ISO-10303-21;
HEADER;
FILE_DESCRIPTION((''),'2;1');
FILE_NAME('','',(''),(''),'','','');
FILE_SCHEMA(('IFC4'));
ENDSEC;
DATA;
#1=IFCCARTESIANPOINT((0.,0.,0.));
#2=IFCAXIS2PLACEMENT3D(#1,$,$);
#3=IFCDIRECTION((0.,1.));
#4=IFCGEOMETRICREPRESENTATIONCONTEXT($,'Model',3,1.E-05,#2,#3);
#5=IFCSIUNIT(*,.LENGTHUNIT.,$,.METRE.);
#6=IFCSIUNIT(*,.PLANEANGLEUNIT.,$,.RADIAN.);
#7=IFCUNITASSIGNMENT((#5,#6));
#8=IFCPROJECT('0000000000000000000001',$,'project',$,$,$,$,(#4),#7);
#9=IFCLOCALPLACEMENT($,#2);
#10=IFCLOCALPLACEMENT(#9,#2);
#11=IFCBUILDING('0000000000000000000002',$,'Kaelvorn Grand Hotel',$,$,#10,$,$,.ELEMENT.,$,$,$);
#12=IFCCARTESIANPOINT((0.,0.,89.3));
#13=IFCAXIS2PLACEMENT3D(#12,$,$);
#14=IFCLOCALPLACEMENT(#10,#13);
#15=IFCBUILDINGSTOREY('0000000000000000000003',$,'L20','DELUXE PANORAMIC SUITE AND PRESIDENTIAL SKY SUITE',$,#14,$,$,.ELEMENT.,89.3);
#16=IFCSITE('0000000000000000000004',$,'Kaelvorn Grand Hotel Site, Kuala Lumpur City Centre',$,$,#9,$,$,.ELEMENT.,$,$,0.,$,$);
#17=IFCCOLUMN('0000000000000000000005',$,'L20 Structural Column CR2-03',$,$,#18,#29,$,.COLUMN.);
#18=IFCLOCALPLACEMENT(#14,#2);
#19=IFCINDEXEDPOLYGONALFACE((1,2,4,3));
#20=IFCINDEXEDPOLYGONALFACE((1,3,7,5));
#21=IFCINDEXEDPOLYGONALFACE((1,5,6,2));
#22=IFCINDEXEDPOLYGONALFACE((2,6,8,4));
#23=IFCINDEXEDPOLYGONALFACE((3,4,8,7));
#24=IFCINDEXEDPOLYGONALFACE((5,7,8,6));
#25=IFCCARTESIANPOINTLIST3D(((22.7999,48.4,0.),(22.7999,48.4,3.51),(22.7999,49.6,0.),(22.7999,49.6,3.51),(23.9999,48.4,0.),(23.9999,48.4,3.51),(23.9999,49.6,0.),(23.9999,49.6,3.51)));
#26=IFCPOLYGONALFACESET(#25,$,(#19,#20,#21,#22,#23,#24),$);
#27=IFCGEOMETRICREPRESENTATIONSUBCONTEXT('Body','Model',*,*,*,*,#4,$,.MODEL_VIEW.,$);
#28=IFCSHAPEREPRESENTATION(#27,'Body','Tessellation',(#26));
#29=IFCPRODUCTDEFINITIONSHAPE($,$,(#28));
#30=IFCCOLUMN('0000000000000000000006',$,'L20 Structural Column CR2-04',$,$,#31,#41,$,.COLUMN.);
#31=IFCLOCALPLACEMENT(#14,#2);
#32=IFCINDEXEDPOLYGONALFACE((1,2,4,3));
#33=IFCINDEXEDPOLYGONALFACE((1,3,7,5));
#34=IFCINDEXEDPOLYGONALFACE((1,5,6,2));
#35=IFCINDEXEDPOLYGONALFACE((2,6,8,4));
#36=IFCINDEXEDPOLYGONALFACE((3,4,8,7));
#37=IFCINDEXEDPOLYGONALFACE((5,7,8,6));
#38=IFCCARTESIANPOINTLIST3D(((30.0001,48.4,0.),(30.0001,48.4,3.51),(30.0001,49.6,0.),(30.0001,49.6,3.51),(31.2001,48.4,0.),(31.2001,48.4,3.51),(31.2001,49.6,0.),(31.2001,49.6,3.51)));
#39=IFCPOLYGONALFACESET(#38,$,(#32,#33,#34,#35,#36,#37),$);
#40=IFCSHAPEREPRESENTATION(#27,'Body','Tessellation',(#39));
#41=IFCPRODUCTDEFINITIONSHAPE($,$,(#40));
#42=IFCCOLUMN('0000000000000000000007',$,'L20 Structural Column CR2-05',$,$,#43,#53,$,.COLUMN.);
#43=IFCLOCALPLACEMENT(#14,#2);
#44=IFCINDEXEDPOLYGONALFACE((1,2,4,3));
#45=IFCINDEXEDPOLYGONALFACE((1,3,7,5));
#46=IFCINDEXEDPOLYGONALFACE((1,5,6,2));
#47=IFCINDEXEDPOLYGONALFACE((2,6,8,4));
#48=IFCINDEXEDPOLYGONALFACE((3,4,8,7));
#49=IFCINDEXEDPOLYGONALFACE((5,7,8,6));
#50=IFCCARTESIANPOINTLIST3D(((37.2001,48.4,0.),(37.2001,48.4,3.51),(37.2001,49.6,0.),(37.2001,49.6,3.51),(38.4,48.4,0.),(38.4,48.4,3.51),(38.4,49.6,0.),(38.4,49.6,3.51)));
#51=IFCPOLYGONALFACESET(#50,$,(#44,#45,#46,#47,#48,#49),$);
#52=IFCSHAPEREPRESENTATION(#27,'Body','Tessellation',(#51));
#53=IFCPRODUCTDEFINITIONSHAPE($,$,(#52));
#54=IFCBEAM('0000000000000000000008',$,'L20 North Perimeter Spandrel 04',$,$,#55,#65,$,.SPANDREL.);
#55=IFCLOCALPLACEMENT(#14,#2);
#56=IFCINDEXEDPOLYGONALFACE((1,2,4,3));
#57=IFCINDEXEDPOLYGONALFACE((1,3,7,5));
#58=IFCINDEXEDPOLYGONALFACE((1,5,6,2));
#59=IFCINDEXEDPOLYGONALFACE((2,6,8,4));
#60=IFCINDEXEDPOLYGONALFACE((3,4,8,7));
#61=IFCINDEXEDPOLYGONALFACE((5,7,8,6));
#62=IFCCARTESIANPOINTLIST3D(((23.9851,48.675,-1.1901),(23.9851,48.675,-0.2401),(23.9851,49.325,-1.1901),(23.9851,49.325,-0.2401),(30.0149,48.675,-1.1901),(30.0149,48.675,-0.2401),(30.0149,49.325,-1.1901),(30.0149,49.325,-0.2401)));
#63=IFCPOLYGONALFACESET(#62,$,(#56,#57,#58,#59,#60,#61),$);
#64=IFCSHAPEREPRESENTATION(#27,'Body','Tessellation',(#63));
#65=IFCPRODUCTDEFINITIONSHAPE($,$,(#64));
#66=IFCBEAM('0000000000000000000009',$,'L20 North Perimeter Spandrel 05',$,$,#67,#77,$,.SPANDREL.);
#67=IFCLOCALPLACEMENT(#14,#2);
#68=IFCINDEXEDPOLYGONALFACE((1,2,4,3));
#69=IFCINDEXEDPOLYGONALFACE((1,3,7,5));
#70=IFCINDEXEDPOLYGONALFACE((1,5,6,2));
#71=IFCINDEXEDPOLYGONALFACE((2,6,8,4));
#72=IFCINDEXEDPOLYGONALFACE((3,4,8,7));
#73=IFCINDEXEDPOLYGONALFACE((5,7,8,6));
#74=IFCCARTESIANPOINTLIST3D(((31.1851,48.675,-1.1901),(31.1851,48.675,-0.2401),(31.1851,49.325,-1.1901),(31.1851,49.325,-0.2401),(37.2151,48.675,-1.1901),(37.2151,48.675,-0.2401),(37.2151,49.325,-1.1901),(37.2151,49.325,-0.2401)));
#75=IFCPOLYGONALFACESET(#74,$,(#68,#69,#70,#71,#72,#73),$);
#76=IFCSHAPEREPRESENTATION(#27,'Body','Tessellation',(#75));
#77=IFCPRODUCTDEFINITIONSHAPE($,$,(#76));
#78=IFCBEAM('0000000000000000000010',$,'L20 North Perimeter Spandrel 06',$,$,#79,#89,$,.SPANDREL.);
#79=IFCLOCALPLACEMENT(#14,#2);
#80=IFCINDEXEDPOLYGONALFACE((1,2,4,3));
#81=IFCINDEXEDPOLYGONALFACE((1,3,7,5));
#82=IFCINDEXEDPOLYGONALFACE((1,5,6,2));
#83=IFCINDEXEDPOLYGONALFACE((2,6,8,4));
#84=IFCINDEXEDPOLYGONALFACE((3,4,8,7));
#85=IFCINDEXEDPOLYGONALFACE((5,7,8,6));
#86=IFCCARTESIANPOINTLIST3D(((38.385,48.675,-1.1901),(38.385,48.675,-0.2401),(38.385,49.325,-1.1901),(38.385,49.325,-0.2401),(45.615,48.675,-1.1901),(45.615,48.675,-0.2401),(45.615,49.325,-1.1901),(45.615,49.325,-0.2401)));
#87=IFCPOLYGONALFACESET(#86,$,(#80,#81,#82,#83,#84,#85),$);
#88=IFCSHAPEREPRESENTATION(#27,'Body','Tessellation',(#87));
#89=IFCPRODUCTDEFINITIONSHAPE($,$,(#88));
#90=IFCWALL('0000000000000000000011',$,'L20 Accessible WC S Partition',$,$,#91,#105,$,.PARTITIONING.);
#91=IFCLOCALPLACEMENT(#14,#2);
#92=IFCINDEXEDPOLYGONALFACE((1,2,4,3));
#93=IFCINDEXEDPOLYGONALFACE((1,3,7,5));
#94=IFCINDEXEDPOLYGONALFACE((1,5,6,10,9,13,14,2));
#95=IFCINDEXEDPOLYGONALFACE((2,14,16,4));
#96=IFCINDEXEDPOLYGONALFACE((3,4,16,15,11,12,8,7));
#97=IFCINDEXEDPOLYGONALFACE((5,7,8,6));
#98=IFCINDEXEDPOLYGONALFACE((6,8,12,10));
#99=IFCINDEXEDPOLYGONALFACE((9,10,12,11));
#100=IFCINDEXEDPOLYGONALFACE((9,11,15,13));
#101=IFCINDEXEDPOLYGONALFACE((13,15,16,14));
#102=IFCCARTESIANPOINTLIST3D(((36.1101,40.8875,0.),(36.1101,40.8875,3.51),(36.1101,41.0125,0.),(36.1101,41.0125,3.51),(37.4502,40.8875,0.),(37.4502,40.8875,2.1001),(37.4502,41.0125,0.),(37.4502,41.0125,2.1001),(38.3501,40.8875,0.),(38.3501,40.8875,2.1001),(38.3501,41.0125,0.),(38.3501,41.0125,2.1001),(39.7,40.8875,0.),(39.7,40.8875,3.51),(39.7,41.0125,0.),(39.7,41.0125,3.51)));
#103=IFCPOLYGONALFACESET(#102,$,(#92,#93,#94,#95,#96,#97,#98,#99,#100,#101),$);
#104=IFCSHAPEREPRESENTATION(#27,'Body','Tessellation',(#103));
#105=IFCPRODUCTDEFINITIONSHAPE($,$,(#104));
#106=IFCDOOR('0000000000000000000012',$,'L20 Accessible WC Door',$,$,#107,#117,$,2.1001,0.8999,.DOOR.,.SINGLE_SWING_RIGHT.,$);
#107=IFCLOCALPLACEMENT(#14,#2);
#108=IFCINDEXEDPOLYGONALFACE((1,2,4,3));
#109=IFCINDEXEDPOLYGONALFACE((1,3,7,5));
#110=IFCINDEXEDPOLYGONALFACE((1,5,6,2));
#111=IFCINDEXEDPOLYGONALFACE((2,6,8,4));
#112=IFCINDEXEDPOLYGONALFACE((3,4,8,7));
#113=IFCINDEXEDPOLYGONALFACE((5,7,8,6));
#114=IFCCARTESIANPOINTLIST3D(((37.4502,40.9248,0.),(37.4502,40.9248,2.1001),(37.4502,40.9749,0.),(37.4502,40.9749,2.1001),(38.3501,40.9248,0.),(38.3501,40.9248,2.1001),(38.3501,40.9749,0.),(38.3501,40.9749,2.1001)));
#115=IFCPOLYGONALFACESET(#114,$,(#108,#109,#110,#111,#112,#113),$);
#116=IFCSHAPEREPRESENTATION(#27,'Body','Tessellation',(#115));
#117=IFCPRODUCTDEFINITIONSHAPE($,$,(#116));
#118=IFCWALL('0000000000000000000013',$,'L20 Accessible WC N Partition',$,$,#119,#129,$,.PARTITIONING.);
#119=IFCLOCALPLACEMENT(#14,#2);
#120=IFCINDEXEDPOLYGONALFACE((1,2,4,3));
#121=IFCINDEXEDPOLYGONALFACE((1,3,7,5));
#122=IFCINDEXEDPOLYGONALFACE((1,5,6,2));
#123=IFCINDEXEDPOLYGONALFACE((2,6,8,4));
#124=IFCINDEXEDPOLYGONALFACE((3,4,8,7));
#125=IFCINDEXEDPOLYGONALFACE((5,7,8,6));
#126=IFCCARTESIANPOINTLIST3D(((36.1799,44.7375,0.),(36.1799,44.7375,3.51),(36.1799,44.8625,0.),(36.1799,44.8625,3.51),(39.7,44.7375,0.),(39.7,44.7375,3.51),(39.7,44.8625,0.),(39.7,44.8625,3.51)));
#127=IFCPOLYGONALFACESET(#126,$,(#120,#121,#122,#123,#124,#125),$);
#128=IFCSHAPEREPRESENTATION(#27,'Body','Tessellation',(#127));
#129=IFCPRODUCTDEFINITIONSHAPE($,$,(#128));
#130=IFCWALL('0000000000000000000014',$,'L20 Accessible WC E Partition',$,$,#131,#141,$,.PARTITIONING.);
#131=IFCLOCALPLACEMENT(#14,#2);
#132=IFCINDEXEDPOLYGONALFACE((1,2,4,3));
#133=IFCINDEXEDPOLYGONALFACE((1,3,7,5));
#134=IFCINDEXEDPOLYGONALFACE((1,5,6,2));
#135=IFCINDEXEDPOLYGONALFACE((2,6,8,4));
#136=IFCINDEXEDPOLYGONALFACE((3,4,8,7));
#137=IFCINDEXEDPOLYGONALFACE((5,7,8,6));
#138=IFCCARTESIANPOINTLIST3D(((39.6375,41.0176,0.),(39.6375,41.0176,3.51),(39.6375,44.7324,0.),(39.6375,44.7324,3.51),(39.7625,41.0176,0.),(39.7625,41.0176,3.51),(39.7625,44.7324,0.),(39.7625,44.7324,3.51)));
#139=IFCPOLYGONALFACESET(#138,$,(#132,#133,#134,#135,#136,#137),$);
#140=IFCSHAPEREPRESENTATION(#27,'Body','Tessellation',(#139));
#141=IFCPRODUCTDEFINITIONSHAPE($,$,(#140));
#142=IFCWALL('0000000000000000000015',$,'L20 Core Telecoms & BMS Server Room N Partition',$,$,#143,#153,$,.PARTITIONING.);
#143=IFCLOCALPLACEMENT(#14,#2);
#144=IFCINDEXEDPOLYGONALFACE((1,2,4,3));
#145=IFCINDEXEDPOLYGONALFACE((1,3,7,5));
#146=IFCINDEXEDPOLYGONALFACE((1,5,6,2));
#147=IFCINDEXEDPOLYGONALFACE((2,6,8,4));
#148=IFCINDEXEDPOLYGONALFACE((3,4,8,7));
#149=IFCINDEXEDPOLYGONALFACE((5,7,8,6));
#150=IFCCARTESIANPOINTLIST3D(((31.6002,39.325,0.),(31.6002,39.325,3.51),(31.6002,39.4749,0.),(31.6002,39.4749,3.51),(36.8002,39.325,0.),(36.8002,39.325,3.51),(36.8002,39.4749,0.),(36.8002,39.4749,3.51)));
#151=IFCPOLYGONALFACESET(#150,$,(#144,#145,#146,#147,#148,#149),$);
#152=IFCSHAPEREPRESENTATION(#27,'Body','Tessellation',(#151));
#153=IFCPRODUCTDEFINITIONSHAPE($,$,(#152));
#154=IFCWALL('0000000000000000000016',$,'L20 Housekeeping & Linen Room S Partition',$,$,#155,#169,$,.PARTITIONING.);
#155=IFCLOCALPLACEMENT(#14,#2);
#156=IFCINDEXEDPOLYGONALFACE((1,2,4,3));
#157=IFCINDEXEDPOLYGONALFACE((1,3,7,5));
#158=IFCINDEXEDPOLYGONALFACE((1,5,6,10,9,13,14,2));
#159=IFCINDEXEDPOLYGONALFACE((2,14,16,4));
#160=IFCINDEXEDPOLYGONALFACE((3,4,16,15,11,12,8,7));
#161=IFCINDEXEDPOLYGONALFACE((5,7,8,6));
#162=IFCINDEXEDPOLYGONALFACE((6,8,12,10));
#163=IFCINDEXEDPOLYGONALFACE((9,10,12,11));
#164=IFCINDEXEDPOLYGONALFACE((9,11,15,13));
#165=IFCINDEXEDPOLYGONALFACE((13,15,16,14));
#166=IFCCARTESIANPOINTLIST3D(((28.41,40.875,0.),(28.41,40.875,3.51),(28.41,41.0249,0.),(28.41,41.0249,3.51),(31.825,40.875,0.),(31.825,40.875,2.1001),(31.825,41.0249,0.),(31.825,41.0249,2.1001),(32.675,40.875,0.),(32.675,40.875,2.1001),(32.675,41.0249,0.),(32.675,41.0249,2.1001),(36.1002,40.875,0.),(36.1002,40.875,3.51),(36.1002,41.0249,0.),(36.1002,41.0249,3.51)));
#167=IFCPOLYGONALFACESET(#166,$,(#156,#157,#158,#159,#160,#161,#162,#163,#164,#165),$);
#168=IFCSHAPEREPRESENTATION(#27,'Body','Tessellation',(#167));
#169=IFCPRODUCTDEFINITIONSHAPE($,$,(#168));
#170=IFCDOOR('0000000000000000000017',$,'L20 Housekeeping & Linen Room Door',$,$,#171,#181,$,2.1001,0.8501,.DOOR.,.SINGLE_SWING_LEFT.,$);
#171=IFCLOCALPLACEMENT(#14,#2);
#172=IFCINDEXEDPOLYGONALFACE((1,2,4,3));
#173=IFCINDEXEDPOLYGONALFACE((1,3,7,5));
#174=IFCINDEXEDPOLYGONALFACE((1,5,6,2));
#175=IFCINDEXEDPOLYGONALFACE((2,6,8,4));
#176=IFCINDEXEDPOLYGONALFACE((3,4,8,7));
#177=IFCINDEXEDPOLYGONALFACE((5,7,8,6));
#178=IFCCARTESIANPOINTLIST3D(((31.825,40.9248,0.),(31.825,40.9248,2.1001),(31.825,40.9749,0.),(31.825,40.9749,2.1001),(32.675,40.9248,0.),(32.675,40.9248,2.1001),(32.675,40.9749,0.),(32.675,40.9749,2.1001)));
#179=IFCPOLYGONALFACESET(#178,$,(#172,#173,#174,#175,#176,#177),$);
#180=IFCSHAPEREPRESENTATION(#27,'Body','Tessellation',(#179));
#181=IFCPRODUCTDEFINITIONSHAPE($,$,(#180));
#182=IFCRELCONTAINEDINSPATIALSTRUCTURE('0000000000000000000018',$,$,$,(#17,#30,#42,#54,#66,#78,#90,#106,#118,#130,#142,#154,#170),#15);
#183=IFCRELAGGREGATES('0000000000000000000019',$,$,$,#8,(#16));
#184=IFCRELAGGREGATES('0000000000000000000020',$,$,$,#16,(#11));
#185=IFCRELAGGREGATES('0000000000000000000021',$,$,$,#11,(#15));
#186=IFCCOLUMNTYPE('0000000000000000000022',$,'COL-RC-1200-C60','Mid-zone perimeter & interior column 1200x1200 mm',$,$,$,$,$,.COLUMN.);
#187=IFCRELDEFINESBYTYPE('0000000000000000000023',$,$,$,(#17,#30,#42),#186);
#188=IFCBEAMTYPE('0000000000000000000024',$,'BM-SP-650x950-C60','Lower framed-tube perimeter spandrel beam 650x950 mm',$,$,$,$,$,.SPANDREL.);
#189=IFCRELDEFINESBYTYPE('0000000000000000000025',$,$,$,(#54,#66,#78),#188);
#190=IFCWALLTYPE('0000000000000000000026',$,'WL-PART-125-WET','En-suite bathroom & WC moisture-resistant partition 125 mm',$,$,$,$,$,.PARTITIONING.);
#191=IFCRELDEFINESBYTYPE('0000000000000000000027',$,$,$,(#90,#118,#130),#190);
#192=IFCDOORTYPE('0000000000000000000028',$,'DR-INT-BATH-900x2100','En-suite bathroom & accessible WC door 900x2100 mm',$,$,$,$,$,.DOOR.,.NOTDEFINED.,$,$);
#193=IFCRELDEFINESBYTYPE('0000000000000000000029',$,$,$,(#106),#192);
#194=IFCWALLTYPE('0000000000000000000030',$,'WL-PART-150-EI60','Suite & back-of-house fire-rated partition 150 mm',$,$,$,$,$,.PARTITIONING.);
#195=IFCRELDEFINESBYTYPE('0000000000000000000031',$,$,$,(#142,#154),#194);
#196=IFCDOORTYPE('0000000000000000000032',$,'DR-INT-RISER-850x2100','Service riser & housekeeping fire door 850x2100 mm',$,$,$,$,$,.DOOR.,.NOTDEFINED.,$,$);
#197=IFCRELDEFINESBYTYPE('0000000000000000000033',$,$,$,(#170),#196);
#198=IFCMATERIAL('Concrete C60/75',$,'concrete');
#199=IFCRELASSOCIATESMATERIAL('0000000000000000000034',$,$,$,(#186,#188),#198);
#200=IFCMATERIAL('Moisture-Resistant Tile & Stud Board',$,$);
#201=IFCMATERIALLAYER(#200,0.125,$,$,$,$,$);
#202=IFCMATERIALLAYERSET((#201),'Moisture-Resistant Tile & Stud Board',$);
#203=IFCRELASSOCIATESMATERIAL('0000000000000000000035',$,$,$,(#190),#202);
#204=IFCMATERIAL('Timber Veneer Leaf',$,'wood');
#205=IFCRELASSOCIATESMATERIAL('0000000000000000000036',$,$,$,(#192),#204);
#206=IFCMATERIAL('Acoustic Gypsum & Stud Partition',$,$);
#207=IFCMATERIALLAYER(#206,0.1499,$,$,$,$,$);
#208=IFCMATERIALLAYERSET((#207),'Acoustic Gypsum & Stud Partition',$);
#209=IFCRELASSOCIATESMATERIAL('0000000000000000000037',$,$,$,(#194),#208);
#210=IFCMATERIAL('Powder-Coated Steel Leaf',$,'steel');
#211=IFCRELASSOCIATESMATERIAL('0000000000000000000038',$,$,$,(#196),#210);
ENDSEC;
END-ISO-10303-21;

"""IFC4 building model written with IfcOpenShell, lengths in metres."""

from ifc_helpers import new_model, si_unit, direction, frame, frame_2d, origin, origin_2d, place, context, subcontext, project, spatial, rectangle, extrude, material, layer, layer_set, material_profile, profile_set, type_object, element, fill, save


model = new_model("IFC4")

# Units and contexts
model_context = context("Model", 3, precision=1e-05, world=origin(), true_north=direction((0.0, 1.0)))
body_context = subcontext(model_context, "Body", "Model", "MODEL_VIEW")
ifc_project = project(units=[si_unit("LENGTHUNIT", "METRE"), si_unit("PLANEANGLEUNIT", "RADIAN")], contexts=[model_context])

# Site, building, storey
site_placement = place(None, origin())
site = spatial("IfcSite", under=ifc_project, at=site_placement, Name="Kaelvorn Grand Hotel Site, Kuala Lumpur City Centre", CompositionType="ELEMENT", RefElevation=0.0)
building_placement = place(site_placement, origin())
building = spatial("IfcBuilding", under=site, at=building_placement, Name="Kaelvorn Grand Hotel", CompositionType="ELEMENT")
storey_placement = place(building_placement, frame((0.0, 0.0, 89.3)))
storey = spatial("IfcBuildingStorey", under=building, at=storey_placement, Name="L20", Description="DELUXE PANORAMIC SUITE AND PRESIDENTIAL SKY SUITE", CompositionType="ELEMENT", Elevation=89.3)

# Columns
ifc_material_1 = material(Name="Concrete C60/75", Category="concrete")
ifc_material_profile_1 = material_profile(ifc_material_1, rectangle(XDim=1.2, YDim=1.2, at=origin_2d()), Name="RC COL 1200x1200")
ifc_profile_set_1 = profile_set([ifc_material_profile_1], Name="Concrete C60/75")
column_type = type_object("IfcColumnType", Name="COL-RC-1200-C60", Description="Mid-zone perimeter & interior column 1200x1200 mm", PredefinedType="COLUMN", material=ifc_profile_set_1)
for number, where, z_axis, x_axis, name in (
    (1, (23.3999, 49.0, 0.0), (0.0, 0.0, 1.0), (1.0, 0.0, 0.0), "L20 Structural Column CR2-03"),
    (2, (30.6001, 49.0, 0.0), (0.0, 0.0, 1.0), (1.0, 0.0, 0.0), "L20 Structural Column CR2-04"),
    (3, (37.8, 49.0, 0.0), (0.0, 0.0, 1.0), (1.0, 0.0, 0.0), "L20 Structural Column CR2-05"),
):
    element("IfcColumn", number, at=place(storey_placement, frame(where, z_axis=z_axis, x_axis=x_axis)), inside=storey, type_object=column_type, Name=name, PredefinedType="COLUMN", context=body_context, shape_type="SweptSolid", body=[
        extrude(rectangle(XDim=1.2, YDim=1.2, at=origin_2d()), origin(), (0.0, 0.0, 1.0), 3.51),
    ])

# Beams
ifc_material_profile_2 = material_profile(ifc_material_1, rectangle(XDim=0.6499, YDim=0.95, at=origin_2d()), Name="RC SPANDREL 650x950")
ifc_profile_set_2 = profile_set([ifc_material_profile_2], Name="Concrete C60/75")
beam_type = type_object("IfcBeamType", Name="BM-SP-650x950-C60", Description="Lower framed-tube perimeter spandrel beam 650x950 mm", PredefinedType="SPANDREL", material=ifc_profile_set_2)
beam_1_placement = place(storey_placement, frame((23.9851, 49.0, -0.7151), z_axis=(1.0, 0.0, 0.0), x_axis=(0.0, 1.0, 0.0)))
element("IfcBeam", 4, at=beam_1_placement, inside=storey, type_object=beam_type, Name="L20 North Perimeter Spandrel 04", PredefinedType="SPANDREL", context=body_context, shape_type="SweptSolid", body=[
    extrude(rectangle(XDim=0.6499, YDim=0.95, at=origin_2d()), origin(), (0.0, 0.0, 1.0), 6.0298),
])
beam_2_placement = place(storey_placement, frame((31.1851, 49.0, -0.7151), z_axis=(1.0, 0.0, 0.0), x_axis=(0.0, 1.0, 0.0)))
element("IfcBeam", 5, at=beam_2_placement, inside=storey, type_object=beam_type, Name="L20 North Perimeter Spandrel 05", PredefinedType="SPANDREL", context=body_context, shape_type="SweptSolid", body=[
    extrude(rectangle(XDim=0.6499, YDim=0.95, at=origin_2d()), origin(), (0.0, 0.0, 1.0), 6.03),
])
beam_3_placement = place(storey_placement, frame((38.385, 49.0, -0.7151), z_axis=(1.0, 0.0, 0.0), x_axis=(0.0, 1.0, 0.0)))
element("IfcBeam", 6, at=beam_3_placement, inside=storey, type_object=beam_type, Name="L20 North Perimeter Spandrel 06", PredefinedType="SPANDREL", context=body_context, shape_type="SweptSolid", body=[
    extrude(rectangle(XDim=0.6499, YDim=0.95, at=origin_2d()), origin(), (0.0, 0.0, 1.0), 7.23),
])

# Wall, opening, door
ifc_material_2 = material(Name="Moisture-Resistant Tile & Stud Board")
ifc_layer_1 = layer(ifc_material_2, 0.125)
ifc_layer_set_1 = layer_set([ifc_layer_1], Name="Moisture-Resistant Tile & Stud Board")
wall_type_1 = type_object("IfcWallType", Name="WL-PART-125-WET", Description="En-suite bathroom & WC moisture-resistant partition 125 mm", PredefinedType="PARTITIONING", material=ifc_layer_set_1)
wall_1_placement = place(storey_placement, frame((36.1101, 40.95, 0.0), z_axis=(0.0, 0.0, 1.0), x_axis=(1.0, 0.0, 0.0)))
wall_1 = element("IfcWall", 7, at=wall_1_placement, inside=storey, type_object=wall_type_1, Name="L20 Accessible WC S Partition", PredefinedType="PARTITIONING", context=body_context, shape_type="SweptSolid", body=[
    extrude(rectangle(XDim=3.5898, YDim=0.125, at=frame_2d((1.7949, 0.0))), origin(), (0.0, 0.0, 1.0), 3.51),
])
opening_1_placement = place(wall_1_placement, frame((1.3401, 0.0, 0.0)))
opening_1 = element("IfcOpeningElement", 8, at=opening_1_placement, cuts=wall_1, PredefinedType="OPENING", context=body_context, shape_type="SweptSolid", body=[
    extrude(rectangle(XDim=0.8999, YDim=2.1001, at=frame_2d((0.45, 1.05))), frame((0.0, 0.0725, 0.0), z_axis=(0.0, -1.0, 0.0), x_axis=(1.0, 0.0, 0.0)), (0.0, 0.0, 1.0), 0.145),
])
ifc_material_3 = material(Name="Timber Veneer Leaf", Category="wood")
door_type_1 = type_object("IfcDoorType", Name="DR-INT-BATH-900x2100", Description="En-suite bathroom & accessible WC door 900x2100 mm", OperationType="NOTDEFINED", PredefinedType="DOOR", material=ifc_material_3)
door_1_placement = place(opening_1_placement, origin())
door_1 = element("IfcDoor", 9, at=door_1_placement, inside=storey, type_object=door_type_1, Name="L20 Accessible WC Door", OperationType="SINGLE_SWING_RIGHT", OverallHeight=2.1001, OverallWidth=0.8999, PredefinedType="DOOR", context=body_context, shape_type="SweptSolid", body=[
    extrude(rectangle(XDim=0.8999, YDim=2.1001, at=frame_2d((0.45, 1.05))), frame((0.0, 0.0249, 0.0), z_axis=(0.0, -1.0, 0.0), x_axis=(1.0, 0.0, 0.0)), (0.0, 0.0, 1.0), 0.05),
])
fill(opening_1, door_1)

# Walls
wall_2_placement = place(storey_placement, frame((36.1799, 44.8, 0.0), z_axis=(0.0, 0.0, 1.0), x_axis=(1.0, 0.0, 0.0)))
element("IfcWall", 10, at=wall_2_placement, inside=storey, type_object=wall_type_1, Name="L20 Accessible WC N Partition", PredefinedType="PARTITIONING", context=body_context, shape_type="SweptSolid", body=[
    extrude(rectangle(XDim=3.52, YDim=0.125, at=frame_2d((1.76, 0.0))), origin(), (0.0, 0.0, 1.0), 3.51),
])
wall_3_placement = place(storey_placement, frame((39.7, 41.0176, 0.0), z_axis=(0.0, 0.0, 1.0), x_axis=(0.0, 1.0, 0.0)))
element("IfcWall", 11, at=wall_3_placement, inside=storey, type_object=wall_type_1, Name="L20 Accessible WC E Partition", PredefinedType="PARTITIONING", context=body_context, shape_type="SweptSolid", body=[
    extrude(rectangle(XDim=3.7148, YDim=0.125, at=frame_2d((1.8574, 0.0))), origin(), (0.0, 0.0, 1.0), 3.51),
])
ifc_material_4 = material(Name="Acoustic Gypsum & Stud Partition")
ifc_layer_2 = layer(ifc_material_4, 0.1499)
ifc_layer_set_2 = layer_set([ifc_layer_2], Name="Acoustic Gypsum & Stud Partition")
wall_type_2 = type_object("IfcWallType", Name="WL-PART-150-EI60", Description="Suite & back-of-house fire-rated partition 150 mm", PredefinedType="PARTITIONING", material=ifc_layer_set_2)
wall_4_placement = place(storey_placement, frame((31.6001, 39.3999, 0.0), z_axis=(0.0, 0.0, 1.0), x_axis=(1.0, 0.0, 0.0)))
element("IfcWall", 12, at=wall_4_placement, inside=storey, type_object=wall_type_2, Name="L20 Core Telecoms & BMS Server Room N Partition", PredefinedType="PARTITIONING", context=body_context, shape_type="SweptSolid", body=[
    extrude(rectangle(XDim=5.2, YDim=0.1499, at=frame_2d((2.6001, 0.0))), origin(), (0.0, 0.0, 1.0), 3.51),
])

# Wall, opening, door
wall_5_placement = place(storey_placement, frame((28.4099, 40.95, 0.0), z_axis=(0.0, 0.0, 1.0), x_axis=(1.0, 0.0, 0.0)))
wall_5 = element("IfcWall", 13, at=wall_5_placement, inside=storey, type_object=wall_type_2, Name="L20 Housekeeping & Linen Room S Partition", PredefinedType="PARTITIONING", context=body_context, shape_type="SweptSolid", body=[
    extrude(rectangle(XDim=7.6902, YDim=0.1499, at=frame_2d((3.8452, 0.0))), origin(), (0.0, 0.0, 1.0), 3.51),
])
opening_2_placement = place(wall_5_placement, frame((3.415, 0.0, 0.0)))
opening_2 = element("IfcOpeningElement", 14, at=opening_2_placement, cuts=wall_5, PredefinedType="OPENING", context=body_context, shape_type="SweptSolid", body=[
    extrude(rectangle(XDim=0.8501, YDim=2.1001, at=frame_2d((0.425, 1.05))), frame((0.0, 0.085, 0.0), z_axis=(0.0, -1.0, 0.0), x_axis=(1.0, 0.0, 0.0)), (0.0, 0.0, 1.0), 0.1699),
])
ifc_material_5 = material(Name="Powder-Coated Steel Leaf", Category="steel")
door_type_2 = type_object("IfcDoorType", Name="DR-INT-RISER-850x2100", Description="Service riser & housekeeping fire door 850x2100 mm", OperationType="NOTDEFINED", PredefinedType="DOOR", material=ifc_material_5)
door_2_placement = place(opening_2_placement, origin())
door_2 = element("IfcDoor", 15, at=door_2_placement, inside=storey, type_object=door_type_2, Name="L20 Housekeeping & Linen Room Door", OperationType="SINGLE_SWING_LEFT", OverallHeight=2.1001, OverallWidth=0.8501, PredefinedType="DOOR", context=body_context, shape_type="SweptSolid", body=[
    extrude(rectangle(XDim=0.8501, YDim=2.1001, at=frame_2d((0.425, 1.05))), frame((0.0, 0.0249, 0.0), z_axis=(0.0, -1.0, 0.0), x_axis=(1.0, 0.0, 0.0)), (0.0, 0.0, 1.0), 0.05),
])
fill(opening_2, door_2)

save(model, "model.ifc")
